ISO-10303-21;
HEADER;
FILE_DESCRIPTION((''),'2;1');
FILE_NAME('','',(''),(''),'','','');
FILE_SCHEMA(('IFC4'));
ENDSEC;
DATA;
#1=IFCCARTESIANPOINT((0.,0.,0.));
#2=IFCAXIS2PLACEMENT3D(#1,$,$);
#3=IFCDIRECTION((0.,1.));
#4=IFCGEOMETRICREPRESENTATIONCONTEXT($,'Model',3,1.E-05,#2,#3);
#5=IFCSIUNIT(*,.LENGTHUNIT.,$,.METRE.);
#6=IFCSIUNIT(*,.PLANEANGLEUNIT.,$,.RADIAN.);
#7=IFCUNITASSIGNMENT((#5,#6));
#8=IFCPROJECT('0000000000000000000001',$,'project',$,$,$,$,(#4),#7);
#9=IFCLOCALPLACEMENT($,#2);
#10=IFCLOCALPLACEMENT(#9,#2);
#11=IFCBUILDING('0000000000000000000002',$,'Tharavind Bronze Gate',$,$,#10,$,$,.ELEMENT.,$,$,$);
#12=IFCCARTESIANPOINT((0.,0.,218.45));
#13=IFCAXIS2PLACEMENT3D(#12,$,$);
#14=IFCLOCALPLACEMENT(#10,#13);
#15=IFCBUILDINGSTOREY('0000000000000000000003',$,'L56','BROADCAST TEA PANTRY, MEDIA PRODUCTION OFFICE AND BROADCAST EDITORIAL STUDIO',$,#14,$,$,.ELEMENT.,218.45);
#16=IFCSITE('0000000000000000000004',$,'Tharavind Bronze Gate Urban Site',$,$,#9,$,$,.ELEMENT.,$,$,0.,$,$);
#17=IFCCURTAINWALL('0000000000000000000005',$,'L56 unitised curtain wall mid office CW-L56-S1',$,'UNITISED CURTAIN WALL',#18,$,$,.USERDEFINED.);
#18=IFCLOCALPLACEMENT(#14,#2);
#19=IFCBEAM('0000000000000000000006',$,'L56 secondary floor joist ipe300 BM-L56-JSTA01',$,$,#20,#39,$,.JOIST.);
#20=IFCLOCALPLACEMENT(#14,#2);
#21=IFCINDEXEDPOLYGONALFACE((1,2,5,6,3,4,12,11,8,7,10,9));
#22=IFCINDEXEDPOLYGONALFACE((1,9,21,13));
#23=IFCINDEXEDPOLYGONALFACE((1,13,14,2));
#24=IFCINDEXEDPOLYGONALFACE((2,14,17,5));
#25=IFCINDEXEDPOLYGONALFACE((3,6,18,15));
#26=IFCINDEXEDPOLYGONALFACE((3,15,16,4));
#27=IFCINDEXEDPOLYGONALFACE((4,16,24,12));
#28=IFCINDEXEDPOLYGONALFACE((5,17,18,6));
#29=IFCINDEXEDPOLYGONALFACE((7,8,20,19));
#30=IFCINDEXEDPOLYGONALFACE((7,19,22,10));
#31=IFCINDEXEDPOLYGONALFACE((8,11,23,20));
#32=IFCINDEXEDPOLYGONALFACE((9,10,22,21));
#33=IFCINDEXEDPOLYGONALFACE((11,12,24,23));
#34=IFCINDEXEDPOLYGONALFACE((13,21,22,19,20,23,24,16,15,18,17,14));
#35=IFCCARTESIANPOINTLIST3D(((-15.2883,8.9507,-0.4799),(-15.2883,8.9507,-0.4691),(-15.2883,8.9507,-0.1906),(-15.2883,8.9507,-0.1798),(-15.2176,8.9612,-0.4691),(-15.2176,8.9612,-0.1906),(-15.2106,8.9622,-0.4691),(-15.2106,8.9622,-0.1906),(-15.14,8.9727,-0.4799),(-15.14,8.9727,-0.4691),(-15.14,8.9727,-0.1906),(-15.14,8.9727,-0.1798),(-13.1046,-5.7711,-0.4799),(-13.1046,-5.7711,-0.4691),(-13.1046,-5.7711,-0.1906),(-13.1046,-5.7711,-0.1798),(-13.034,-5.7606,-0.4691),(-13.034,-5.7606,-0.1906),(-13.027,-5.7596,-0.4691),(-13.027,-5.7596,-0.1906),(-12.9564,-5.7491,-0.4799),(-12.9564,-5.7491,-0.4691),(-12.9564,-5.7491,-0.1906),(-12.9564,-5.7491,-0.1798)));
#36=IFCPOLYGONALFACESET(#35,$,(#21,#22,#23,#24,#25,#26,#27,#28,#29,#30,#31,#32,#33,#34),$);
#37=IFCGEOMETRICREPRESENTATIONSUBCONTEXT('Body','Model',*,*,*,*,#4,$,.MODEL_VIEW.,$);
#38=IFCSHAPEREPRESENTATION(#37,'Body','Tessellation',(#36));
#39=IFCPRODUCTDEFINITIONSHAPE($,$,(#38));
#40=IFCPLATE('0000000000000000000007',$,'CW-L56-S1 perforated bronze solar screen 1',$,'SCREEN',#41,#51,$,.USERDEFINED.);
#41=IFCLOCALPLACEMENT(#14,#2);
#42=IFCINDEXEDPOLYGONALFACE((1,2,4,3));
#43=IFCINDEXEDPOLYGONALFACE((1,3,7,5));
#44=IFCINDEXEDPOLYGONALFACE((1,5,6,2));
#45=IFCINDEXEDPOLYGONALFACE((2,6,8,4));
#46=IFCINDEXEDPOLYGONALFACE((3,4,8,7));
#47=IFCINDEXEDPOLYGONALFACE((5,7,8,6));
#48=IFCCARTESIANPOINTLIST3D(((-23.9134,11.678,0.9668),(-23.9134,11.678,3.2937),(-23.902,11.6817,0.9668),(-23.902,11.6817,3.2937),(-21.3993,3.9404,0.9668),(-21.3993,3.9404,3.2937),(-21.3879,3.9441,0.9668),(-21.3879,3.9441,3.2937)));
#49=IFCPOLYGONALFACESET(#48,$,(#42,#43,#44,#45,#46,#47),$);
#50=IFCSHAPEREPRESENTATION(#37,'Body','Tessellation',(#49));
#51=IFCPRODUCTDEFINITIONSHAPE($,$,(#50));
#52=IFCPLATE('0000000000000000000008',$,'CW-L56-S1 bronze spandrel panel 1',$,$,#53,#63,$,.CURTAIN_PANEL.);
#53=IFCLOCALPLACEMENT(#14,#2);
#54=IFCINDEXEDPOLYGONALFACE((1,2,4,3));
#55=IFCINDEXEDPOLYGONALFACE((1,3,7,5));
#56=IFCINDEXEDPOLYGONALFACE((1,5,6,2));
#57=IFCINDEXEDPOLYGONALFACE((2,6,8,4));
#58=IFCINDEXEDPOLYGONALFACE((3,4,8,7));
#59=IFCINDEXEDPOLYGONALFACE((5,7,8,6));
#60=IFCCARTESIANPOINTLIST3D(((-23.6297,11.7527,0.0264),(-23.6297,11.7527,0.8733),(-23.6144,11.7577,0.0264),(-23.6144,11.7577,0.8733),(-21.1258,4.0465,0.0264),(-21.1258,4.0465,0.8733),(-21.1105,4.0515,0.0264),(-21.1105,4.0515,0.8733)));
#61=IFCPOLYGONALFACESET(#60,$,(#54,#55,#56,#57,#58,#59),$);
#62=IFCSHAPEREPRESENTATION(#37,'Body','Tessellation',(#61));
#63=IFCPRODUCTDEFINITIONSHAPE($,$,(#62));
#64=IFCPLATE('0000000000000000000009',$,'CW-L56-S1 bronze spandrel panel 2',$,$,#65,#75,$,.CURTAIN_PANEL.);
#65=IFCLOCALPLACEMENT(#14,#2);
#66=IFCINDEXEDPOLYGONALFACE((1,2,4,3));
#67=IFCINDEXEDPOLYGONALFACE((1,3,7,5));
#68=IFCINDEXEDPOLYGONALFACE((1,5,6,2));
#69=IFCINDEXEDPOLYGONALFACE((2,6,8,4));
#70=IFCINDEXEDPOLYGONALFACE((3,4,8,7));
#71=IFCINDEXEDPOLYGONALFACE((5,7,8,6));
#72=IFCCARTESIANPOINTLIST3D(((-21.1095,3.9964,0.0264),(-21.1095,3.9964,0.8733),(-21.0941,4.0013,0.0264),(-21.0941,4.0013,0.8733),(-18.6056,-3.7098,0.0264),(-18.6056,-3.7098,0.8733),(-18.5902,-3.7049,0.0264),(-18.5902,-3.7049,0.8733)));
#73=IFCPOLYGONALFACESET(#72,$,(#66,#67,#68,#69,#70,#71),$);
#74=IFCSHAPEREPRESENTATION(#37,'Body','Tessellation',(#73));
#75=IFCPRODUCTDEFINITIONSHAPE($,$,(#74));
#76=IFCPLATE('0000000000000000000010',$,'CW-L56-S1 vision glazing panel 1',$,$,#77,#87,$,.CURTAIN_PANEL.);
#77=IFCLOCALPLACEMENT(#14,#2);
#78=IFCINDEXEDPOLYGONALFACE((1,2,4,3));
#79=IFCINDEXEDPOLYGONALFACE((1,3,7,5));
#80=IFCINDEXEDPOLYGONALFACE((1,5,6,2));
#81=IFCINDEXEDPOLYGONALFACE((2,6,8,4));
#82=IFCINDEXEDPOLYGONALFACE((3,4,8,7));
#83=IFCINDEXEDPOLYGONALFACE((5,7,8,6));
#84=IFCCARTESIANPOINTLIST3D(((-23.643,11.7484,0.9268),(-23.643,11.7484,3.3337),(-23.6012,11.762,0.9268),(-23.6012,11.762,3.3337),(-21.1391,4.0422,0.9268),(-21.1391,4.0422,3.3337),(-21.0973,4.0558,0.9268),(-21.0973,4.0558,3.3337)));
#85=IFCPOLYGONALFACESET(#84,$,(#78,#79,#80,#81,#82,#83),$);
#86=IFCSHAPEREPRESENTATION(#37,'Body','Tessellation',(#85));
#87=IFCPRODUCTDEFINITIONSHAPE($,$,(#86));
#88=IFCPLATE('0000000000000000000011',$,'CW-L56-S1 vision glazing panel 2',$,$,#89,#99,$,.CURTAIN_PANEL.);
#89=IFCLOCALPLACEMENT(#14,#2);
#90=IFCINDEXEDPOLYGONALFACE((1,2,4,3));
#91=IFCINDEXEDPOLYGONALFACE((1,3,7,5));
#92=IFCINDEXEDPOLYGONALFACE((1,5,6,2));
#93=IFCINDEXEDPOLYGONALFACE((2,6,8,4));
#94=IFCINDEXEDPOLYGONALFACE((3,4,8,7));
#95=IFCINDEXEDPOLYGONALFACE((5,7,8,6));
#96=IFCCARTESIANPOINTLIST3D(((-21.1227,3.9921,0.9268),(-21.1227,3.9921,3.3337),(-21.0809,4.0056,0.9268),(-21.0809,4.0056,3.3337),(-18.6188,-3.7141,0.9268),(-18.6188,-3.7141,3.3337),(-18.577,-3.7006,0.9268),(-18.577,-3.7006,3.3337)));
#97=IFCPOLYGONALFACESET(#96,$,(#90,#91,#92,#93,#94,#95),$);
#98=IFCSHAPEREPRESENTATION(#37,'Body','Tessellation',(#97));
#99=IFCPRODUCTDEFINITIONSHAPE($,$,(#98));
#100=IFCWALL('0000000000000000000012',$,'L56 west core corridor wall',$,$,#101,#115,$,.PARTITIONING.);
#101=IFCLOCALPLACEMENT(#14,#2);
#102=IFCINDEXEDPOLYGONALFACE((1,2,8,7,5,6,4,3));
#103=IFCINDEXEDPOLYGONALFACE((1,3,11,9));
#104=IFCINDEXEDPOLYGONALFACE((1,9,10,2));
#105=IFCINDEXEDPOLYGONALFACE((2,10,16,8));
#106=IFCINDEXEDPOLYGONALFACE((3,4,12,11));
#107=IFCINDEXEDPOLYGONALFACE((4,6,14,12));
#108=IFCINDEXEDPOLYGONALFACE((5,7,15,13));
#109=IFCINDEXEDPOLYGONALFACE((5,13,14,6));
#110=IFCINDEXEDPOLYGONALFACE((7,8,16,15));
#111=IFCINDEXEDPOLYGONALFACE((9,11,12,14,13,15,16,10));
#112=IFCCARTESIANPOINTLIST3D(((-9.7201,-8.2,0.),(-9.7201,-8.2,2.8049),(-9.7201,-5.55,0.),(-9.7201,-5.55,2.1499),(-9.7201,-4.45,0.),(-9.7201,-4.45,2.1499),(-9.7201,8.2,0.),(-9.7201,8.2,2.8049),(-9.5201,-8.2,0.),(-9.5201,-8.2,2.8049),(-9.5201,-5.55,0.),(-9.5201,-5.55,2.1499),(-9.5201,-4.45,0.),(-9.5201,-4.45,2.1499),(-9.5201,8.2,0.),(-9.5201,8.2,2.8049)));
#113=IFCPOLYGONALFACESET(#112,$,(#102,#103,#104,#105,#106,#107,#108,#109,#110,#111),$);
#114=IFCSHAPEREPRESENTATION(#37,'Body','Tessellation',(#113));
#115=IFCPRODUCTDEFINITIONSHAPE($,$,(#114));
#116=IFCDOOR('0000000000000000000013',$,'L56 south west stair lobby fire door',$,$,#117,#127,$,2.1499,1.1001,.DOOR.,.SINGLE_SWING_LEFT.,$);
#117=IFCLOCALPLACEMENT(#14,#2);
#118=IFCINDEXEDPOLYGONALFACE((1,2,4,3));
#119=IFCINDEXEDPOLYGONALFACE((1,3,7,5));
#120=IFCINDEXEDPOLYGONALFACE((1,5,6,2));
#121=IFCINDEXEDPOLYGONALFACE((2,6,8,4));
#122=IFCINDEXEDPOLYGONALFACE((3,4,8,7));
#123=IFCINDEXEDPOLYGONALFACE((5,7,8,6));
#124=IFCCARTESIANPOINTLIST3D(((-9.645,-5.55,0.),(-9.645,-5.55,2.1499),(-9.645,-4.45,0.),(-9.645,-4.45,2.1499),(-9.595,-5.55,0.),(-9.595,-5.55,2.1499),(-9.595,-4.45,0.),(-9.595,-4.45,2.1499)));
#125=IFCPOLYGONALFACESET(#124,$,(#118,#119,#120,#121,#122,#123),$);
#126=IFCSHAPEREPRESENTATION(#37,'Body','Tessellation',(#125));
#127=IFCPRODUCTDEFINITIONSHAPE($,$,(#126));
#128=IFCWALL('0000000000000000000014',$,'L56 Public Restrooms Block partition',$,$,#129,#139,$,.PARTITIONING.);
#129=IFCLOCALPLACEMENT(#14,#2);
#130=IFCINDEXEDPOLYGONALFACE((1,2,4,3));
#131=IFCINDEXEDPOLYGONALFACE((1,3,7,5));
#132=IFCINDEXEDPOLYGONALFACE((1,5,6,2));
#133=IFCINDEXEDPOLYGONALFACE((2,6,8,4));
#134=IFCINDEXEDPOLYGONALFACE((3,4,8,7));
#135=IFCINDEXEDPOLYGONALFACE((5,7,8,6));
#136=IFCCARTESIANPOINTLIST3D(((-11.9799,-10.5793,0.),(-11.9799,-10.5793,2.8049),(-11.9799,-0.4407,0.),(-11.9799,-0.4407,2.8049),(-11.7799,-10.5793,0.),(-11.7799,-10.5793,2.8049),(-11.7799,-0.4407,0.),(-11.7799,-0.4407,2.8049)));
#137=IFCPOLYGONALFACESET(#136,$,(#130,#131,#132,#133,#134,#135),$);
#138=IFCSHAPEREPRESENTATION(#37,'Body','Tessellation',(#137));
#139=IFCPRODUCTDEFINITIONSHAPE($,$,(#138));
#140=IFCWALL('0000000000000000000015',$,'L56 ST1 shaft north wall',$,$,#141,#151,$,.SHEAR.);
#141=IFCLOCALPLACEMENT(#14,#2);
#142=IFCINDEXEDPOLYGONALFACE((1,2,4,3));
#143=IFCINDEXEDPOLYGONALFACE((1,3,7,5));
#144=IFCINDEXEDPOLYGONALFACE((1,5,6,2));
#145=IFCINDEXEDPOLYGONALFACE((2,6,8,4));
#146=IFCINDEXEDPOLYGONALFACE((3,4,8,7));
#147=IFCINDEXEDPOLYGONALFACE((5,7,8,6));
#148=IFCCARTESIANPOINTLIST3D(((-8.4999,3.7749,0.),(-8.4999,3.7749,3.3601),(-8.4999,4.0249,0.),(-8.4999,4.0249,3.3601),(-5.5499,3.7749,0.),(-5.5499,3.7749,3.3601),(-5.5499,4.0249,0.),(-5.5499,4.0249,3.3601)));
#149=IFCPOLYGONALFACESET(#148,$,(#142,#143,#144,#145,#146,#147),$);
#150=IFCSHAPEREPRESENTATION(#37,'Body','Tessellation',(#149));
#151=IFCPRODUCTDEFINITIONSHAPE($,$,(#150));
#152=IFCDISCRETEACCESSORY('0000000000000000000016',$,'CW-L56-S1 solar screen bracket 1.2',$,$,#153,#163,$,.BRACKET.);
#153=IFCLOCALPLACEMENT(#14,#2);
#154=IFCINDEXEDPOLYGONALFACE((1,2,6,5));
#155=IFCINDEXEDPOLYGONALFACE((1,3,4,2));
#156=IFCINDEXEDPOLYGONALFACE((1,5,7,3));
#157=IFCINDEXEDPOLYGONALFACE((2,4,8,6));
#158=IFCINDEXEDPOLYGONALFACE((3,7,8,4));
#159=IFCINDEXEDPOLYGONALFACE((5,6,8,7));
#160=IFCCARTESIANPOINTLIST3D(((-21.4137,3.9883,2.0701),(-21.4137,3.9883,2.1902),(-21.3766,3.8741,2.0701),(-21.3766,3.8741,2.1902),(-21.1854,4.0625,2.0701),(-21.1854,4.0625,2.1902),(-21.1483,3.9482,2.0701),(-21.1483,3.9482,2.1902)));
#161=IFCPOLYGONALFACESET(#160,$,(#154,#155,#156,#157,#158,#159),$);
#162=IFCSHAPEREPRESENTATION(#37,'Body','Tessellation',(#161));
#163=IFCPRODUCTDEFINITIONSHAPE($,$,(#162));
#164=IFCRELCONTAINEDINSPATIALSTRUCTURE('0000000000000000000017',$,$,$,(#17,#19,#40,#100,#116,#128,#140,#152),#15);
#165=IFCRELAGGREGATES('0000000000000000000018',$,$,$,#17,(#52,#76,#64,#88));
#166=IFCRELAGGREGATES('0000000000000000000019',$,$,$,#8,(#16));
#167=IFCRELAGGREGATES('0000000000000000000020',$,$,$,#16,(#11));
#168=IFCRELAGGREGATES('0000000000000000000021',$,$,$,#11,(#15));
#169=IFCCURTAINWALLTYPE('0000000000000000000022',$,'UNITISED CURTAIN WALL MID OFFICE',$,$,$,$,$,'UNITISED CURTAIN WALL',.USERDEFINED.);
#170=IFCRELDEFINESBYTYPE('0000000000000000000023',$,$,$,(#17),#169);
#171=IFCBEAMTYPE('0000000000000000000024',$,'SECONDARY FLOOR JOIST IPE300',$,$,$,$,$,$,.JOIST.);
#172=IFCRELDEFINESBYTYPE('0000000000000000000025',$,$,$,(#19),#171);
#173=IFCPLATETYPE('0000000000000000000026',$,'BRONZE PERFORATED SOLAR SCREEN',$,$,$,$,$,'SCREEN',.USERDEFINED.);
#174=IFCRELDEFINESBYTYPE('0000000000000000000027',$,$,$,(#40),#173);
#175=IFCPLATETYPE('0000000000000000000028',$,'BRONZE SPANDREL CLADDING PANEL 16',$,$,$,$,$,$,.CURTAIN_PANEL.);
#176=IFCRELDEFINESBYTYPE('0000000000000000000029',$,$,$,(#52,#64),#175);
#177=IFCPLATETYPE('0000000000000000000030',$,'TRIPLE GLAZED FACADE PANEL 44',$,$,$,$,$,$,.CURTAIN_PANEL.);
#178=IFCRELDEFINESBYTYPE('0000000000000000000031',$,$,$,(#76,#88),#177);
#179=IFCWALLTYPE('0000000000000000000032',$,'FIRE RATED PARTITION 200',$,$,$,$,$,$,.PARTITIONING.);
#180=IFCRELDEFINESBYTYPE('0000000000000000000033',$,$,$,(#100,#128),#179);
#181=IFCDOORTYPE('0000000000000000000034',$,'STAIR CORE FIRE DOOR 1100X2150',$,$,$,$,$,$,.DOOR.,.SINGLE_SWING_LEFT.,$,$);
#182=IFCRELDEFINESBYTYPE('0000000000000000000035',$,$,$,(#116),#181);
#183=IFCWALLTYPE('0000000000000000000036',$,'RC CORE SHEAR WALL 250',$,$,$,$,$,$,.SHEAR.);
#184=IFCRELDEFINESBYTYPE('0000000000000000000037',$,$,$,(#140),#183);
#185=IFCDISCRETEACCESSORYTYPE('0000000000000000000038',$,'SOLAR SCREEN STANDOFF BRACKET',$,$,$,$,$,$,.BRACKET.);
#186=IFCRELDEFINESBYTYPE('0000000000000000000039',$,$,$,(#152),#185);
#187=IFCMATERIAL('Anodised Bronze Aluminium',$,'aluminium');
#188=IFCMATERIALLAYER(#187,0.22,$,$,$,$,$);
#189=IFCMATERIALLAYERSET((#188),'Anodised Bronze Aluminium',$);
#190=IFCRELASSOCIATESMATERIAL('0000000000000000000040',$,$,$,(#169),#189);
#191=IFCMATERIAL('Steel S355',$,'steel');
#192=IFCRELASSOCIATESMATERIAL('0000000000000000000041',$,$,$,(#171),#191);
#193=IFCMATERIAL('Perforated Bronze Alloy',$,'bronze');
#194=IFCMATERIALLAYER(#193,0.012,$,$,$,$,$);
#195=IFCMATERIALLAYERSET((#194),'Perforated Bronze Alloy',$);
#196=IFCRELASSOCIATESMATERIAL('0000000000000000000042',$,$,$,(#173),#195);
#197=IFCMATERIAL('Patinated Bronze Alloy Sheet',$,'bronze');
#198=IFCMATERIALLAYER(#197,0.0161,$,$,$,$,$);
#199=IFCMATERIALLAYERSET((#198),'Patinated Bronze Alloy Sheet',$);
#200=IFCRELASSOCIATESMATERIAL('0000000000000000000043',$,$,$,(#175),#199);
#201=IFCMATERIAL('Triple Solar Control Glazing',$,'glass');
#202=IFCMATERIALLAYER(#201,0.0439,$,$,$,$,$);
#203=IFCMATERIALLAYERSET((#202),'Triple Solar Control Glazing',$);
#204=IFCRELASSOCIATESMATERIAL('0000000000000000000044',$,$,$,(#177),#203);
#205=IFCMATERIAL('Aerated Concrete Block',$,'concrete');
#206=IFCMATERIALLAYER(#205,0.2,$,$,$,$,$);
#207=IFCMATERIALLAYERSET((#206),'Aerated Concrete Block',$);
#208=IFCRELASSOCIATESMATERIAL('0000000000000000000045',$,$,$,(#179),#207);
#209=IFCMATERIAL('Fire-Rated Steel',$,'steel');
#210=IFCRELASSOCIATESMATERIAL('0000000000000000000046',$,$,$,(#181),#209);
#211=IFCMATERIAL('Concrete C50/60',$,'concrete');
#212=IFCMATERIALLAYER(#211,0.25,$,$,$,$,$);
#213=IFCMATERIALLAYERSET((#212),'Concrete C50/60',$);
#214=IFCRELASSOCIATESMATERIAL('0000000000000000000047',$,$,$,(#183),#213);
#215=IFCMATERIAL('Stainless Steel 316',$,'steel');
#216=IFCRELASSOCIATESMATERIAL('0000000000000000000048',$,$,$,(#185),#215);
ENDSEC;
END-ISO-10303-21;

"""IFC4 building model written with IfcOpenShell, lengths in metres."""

from ifc_helpers import new_model, si_unit, direction, frame, frame_2d, origin, origin_2d, place, context, subcontext, project, spatial, rectangle, i_section, extrude, material, layer, layer_set, material_profile, profile_set, type_object, element, fill, aggregate, save


model = new_model("IFC4")

# Units and contexts
model_context = context("Model", 3, precision=1e-05, world=origin(), true_north=direction((0.0, 1.0)))
body_context = subcontext(model_context, "Body", "Model", "MODEL_VIEW")
ifc_project = project(units=[si_unit("LENGTHUNIT", "METRE"), si_unit("PLANEANGLEUNIT", "RADIAN")], contexts=[model_context])

# Site, building, storey
site_placement = place(None, origin())
site = spatial("IfcSite", under=ifc_project, at=site_placement, Name="Tharavind Bronze Gate Urban Site", CompositionType="ELEMENT", RefElevation=0.0)
building_placement = place(site_placement, origin())
building = spatial("IfcBuilding", under=site, at=building_placement, Name="Tharavind Bronze Gate", CompositionType="ELEMENT")
storey_placement = place(building_placement, frame((0.0, 0.0, 218.45)))
storey = spatial("IfcBuildingStorey", under=building, at=storey_placement, Name="L56", Description="BROADCAST TEA PANTRY, MEDIA PRODUCTION OFFICE AND BROADCAST EDITORIAL STUDIO", CompositionType="ELEMENT", Elevation=218.45)

# Curtain wall
ifc_material_1 = material(Name="Anodised Bronze Aluminium", Category="aluminium")
ifc_layer_1 = layer(ifc_material_1, 0.22)
ifc_layer_set_1 = layer_set([ifc_layer_1], Name="Anodised Bronze Aluminium")
curtain_wall_type = type_object("IfcCurtainWallType", Name="UNITISED CURTAIN WALL MID OFFICE", ElementType="UNITISED CURTAIN WALL", PredefinedType="USERDEFINED", material=ifc_layer_set_1)
curtain_wall_placement = place(storey_placement, origin())
curtain_wall = element("IfcCurtainWall", 1, at=curtain_wall_placement, inside=storey, type_object=curtain_wall_type, Name="L56 unitised curtain wall mid office CW-L56-S1", ObjectType="UNITISED CURTAIN WALL", PredefinedType="USERDEFINED")

# Beam
ifc_material_2 = material(Name="Steel S355", Category="steel")
ifc_material_profile_1 = material_profile(ifc_material_2, i_section(OverallWidth=0.1499, OverallDepth=0.3, WebThickness=0.0071, FlangeThickness=0.0107, at=origin_2d()), Name="IPE300")
ifc_profile_set_1 = profile_set([ifc_material_profile_1], Name="Steel S355")
beam_type_1 = type_object("IfcBeamType", Name="SECONDARY FLOOR JOIST IPE300", PredefinedType="JOIST", material=ifc_profile_set_1)
beam_1_placement = place(storey_placement, frame((-15.2141, 8.9617, -0.3298), z_axis=(0.14672, -0.989178, 0.0), x_axis=(0.989178, 0.14672, 0.0)))
element("IfcBeam", 2, at=beam_1_placement, inside=storey, type_object=beam_type_1, Name="L56 secondary floor joist ipe300 BM-L56-JSTA01", PredefinedType="JOIST", context=body_context, shape_type="SweptSolid", body=[
    extrude(i_section(OverallWidth=0.1499, OverallDepth=0.3, WebThickness=0.0071, FlangeThickness=0.0107, at=origin_2d()), origin(), (0.0, 0.0, 1.0), 14.8828),
])

# Plates
ifc_material_3 = material(Name="Perforated Bronze Alloy", Category="bronze")
ifc_layer_2 = layer(ifc_material_3, 0.012)
ifc_layer_set_2 = layer_set([ifc_layer_2], Name="Perforated Bronze Alloy")
plate_type_1 = type_object("IfcPlateType", Name="BRONZE PERFORATED SOLAR SCREEN", ElementType="SCREEN", PredefinedType="USERDEFINED", material=ifc_layer_set_2)
plate_1_placement = place(storey_placement, frame((-22.6506, 7.811, 0.9668), z_axis=(0.0, 0.0, 1.0), x_axis=(0.309017, -0.951057, 0.0)))
element("IfcPlate", 3, at=plate_1_placement, inside=storey, type_object=plate_type_1, Name="CW-L56-S1 perforated bronze solar screen 1", ObjectType="SCREEN", PredefinedType="USERDEFINED", context=body_context, shape_type="SweptSolid", body=[
    extrude(rectangle(XDim=8.1357, YDim=0.012, at=origin_2d()), origin(), (0.0, 0.0, 1.0), 2.3269),
])
ifc_material_4 = material(Name="Patinated Bronze Alloy Sheet", Category="bronze")
ifc_layer_3 = layer(ifc_material_4, 0.0161)
ifc_layer_set_3 = layer_set([ifc_layer_3], Name="Patinated Bronze Alloy Sheet")
plate_type_2 = type_object("IfcPlateType", Name="BRONZE SPANDREL CLADDING PANEL 16", PredefinedType="CURTAIN_PANEL", material=ifc_layer_set_3)
plate_2_placement = place(storey_placement, frame((-22.3701, 7.9021, 0.0264), z_axis=(0.0, 0.0, 1.0), x_axis=(0.309017, -0.951057, 0.0)))
plate_2 = element("IfcPlate", 4, at=plate_2_placement, type_object=plate_type_2, Name="CW-L56-S1 bronze spandrel panel 1", PredefinedType="CURTAIN_PANEL", context=body_context, shape_type="SweptSolid", body=[
    extrude(rectangle(XDim=8.1028, YDim=0.0161, at=origin_2d()), origin(), (0.0, 0.0, 1.0), 0.8469),
])
plate_3_placement = place(storey_placement, frame((-19.8499, 0.1458, 0.0264), z_axis=(0.0, 0.0, 1.0), x_axis=(0.309017, -0.951057, 0.0)))
plate_3 = element("IfcPlate", 5, at=plate_3_placement, type_object=plate_type_2, Name="CW-L56-S1 bronze spandrel panel 2", PredefinedType="CURTAIN_PANEL", context=body_context, shape_type="SweptSolid", body=[
    extrude(rectangle(XDim=8.1028, YDim=0.0161, at=origin_2d()), origin(), (0.0, 0.0, 1.0), 0.8469),
])
ifc_material_5 = material(Name="Triple Solar Control Glazing", Category="glass")
ifc_layer_4 = layer(ifc_material_5, 0.0439)
ifc_layer_set_4 = layer_set([ifc_layer_4], Name="Triple Solar Control Glazing")
plate_type_3 = type_object("IfcPlateType", Name="TRIPLE GLAZED FACADE PANEL 44", PredefinedType="CURTAIN_PANEL", material=ifc_layer_set_4)
plate_4_placement = place(storey_placement, frame((-22.3701, 7.9021, 0.9268), z_axis=(0.0, 0.0, 1.0), x_axis=(0.309017, -0.951057, 0.0)))
plate_4 = element("IfcPlate", 6, at=plate_4_placement, type_object=plate_type_3, Name="CW-L56-S1 vision glazing panel 1", PredefinedType="CURTAIN_PANEL", context=body_context, shape_type="SweptSolid", body=[
    extrude(rectangle(XDim=8.1028, YDim=0.0439, at=origin_2d()), origin(), (0.0, 0.0, 1.0), 2.407),
])
plate_5_placement = place(storey_placement, frame((-19.8499, 0.1458, 0.9268), z_axis=(0.0, 0.0, 1.0), x_axis=(0.309017, -0.951057, 0.0)))
plate_5 = element("IfcPlate", 7, at=plate_5_placement, type_object=plate_type_3, Name="CW-L56-S1 vision glazing panel 2", PredefinedType="CURTAIN_PANEL", context=body_context, shape_type="SweptSolid", body=[
    extrude(rectangle(XDim=8.1028, YDim=0.0439, at=origin_2d()), origin(), (0.0, 0.0, 1.0), 2.407),
])
aggregate(curtain_wall, [plate_2, plate_4, plate_3, plate_5])

# Wall, opening, door
ifc_material_6 = material(Name="Aerated Concrete Block", Category="concrete")
ifc_layer_5 = layer(ifc_material_6, 0.2)
ifc_layer_set_5 = layer_set([ifc_layer_5], Name="Aerated Concrete Block")
wall_type_1 = type_object("IfcWallType", Name="FIRE RATED PARTITION 200", PredefinedType="PARTITIONING", material=ifc_layer_set_5)
wall_1_placement = place(storey_placement, frame((-9.6201, 8.2, 0.0), z_axis=(0.0, 0.0, 1.0), x_axis=(0.0, -1.0, 0.0)))
wall_1 = element("IfcWall", 8, at=wall_1_placement, inside=storey, type_object=wall_type_1, Name="L56 west core corridor wall", PredefinedType="PARTITIONING", context=body_context, shape_type="SweptSolid", body=[
    extrude(rectangle(XDim=16.3999, YDim=0.2, at=frame_2d((8.2, 0.0))), origin(), (0.0, 0.0, 1.0), 2.8049),
])
opening_placement = place(wall_1_placement, frame((12.6499, 0.0, 0.0)))
opening = element("IfcOpeningElement", 9, at=opening_placement, cuts=wall_1, PredefinedType="OPENING", context=body_context, shape_type="SweptSolid", body=[
    extrude(rectangle(XDim=1.1001, YDim=2.1499, at=frame_2d((0.55, 1.075))), frame((0.0, 0.1101, 0.0), z_axis=(0.0, -1.0, 0.0), x_axis=(1.0, 0.0, 0.0)), (0.0, 0.0, 1.0), 0.22),
])
ifc_material_7 = material(Name="Fire-Rated Steel", Category="steel")
door_type = type_object("IfcDoorType", Name="STAIR CORE FIRE DOOR 1100X2150", OperationType="SINGLE_SWING_LEFT", PredefinedType="DOOR", material=ifc_material_7)
door_placement = place(opening_placement, frame((1.1001, 0.0, 0.0), z_axis=(0.0, 0.0, 1.0), x_axis=(-1.0, 0.0, 0.0)))
door = element("IfcDoor", 10, at=door_placement, inside=storey, type_object=door_type, Name="L56 south west stair lobby fire door", OperationType="SINGLE_SWING_LEFT", OverallHeight=2.1499, OverallWidth=1.1001, PredefinedType="DOOR", context=body_context, shape_type="SweptSolid", body=[
    extrude(rectangle(XDim=1.1001, YDim=2.1499, at=frame_2d((0.55, 1.075))), frame((0.0, 0.0249, 0.0), z_axis=(0.0, -1.0, 0.0), x_axis=(1.0, 0.0, 0.0)), (0.0, 0.0, 1.0), 0.05),
])
fill(opening, door)

# Walls
wall_2_placement = place(storey_placement, frame((-11.8799, -0.4407, 0.0), z_axis=(0.0, 0.0, 1.0), x_axis=(0.0, -1.0, 0.0)))
element("IfcWall", 11, at=wall_2_placement, inside=storey, type_object=wall_type_1, Name="L56 Public Restrooms Block partition", PredefinedType="PARTITIONING", context=body_context, shape_type="SweptSolid", body=[
    extrude(rectangle(XDim=10.1387, YDim=0.2, at=frame_2d((5.0693, 0.0))), origin(), (0.0, 0.0, 1.0), 2.8049),
])
ifc_material_8 = material(Name="Concrete C50/60", Category="concrete")
ifc_layer_6 = layer(ifc_material_8, 0.25)
ifc_layer_set_6 = layer_set([ifc_layer_6], Name="Concrete C50/60")
wall_type_2 = type_object("IfcWallType", Name="RC CORE SHEAR WALL 250", PredefinedType="SHEAR", material=ifc_layer_set_6)
wall_3_placement = place(storey_placement, frame((-8.5, 3.8999, 0.0), z_axis=(0.0, 0.0, 1.0), x_axis=(1.0, 0.0, 0.0)))
element("IfcWall", 12, at=wall_3_placement, inside=storey, type_object=wall_type_2, Name="L56 ST1 shaft north wall", PredefinedType="SHEAR", context=body_context, shape_type="SweptSolid", body=[
    extrude(rectangle(XDim=2.95, YDim=0.25, at=frame_2d((1.4751, 0.0))), origin(), (0.0, 0.0, 1.0), 3.3601),
])

# Discrete accessory
ifc_material_9 = material(Name="Stainless Steel 316", Category="steel")
discrete_accessory_type = type_object("IfcDiscreteAccessoryType", Name="SOLAR SCREEN STANDOFF BRACKET", PredefinedType="BRACKET", material=ifc_material_9)
discrete_accessory_placement = place(storey_placement, frame((-21.281, 3.9683, 2.0701), z_axis=(0.0, 0.0, 1.0), x_axis=(0.309017, -0.951057, 0.0)))
element("IfcDiscreteAccessory", 13, at=discrete_accessory_placement, inside=storey, type_object=discrete_accessory_type, Name="CW-L56-S1 solar screen bracket 1.2", PredefinedType="BRACKET", context=body_context, shape_type="SweptSolid", body=[
    extrude(rectangle(XDim=0.1201, YDim=0.24, at=origin_2d()), origin(), (0.0, 0.0, 1.0), 0.1201),
])

save(model, "model.ifc")
